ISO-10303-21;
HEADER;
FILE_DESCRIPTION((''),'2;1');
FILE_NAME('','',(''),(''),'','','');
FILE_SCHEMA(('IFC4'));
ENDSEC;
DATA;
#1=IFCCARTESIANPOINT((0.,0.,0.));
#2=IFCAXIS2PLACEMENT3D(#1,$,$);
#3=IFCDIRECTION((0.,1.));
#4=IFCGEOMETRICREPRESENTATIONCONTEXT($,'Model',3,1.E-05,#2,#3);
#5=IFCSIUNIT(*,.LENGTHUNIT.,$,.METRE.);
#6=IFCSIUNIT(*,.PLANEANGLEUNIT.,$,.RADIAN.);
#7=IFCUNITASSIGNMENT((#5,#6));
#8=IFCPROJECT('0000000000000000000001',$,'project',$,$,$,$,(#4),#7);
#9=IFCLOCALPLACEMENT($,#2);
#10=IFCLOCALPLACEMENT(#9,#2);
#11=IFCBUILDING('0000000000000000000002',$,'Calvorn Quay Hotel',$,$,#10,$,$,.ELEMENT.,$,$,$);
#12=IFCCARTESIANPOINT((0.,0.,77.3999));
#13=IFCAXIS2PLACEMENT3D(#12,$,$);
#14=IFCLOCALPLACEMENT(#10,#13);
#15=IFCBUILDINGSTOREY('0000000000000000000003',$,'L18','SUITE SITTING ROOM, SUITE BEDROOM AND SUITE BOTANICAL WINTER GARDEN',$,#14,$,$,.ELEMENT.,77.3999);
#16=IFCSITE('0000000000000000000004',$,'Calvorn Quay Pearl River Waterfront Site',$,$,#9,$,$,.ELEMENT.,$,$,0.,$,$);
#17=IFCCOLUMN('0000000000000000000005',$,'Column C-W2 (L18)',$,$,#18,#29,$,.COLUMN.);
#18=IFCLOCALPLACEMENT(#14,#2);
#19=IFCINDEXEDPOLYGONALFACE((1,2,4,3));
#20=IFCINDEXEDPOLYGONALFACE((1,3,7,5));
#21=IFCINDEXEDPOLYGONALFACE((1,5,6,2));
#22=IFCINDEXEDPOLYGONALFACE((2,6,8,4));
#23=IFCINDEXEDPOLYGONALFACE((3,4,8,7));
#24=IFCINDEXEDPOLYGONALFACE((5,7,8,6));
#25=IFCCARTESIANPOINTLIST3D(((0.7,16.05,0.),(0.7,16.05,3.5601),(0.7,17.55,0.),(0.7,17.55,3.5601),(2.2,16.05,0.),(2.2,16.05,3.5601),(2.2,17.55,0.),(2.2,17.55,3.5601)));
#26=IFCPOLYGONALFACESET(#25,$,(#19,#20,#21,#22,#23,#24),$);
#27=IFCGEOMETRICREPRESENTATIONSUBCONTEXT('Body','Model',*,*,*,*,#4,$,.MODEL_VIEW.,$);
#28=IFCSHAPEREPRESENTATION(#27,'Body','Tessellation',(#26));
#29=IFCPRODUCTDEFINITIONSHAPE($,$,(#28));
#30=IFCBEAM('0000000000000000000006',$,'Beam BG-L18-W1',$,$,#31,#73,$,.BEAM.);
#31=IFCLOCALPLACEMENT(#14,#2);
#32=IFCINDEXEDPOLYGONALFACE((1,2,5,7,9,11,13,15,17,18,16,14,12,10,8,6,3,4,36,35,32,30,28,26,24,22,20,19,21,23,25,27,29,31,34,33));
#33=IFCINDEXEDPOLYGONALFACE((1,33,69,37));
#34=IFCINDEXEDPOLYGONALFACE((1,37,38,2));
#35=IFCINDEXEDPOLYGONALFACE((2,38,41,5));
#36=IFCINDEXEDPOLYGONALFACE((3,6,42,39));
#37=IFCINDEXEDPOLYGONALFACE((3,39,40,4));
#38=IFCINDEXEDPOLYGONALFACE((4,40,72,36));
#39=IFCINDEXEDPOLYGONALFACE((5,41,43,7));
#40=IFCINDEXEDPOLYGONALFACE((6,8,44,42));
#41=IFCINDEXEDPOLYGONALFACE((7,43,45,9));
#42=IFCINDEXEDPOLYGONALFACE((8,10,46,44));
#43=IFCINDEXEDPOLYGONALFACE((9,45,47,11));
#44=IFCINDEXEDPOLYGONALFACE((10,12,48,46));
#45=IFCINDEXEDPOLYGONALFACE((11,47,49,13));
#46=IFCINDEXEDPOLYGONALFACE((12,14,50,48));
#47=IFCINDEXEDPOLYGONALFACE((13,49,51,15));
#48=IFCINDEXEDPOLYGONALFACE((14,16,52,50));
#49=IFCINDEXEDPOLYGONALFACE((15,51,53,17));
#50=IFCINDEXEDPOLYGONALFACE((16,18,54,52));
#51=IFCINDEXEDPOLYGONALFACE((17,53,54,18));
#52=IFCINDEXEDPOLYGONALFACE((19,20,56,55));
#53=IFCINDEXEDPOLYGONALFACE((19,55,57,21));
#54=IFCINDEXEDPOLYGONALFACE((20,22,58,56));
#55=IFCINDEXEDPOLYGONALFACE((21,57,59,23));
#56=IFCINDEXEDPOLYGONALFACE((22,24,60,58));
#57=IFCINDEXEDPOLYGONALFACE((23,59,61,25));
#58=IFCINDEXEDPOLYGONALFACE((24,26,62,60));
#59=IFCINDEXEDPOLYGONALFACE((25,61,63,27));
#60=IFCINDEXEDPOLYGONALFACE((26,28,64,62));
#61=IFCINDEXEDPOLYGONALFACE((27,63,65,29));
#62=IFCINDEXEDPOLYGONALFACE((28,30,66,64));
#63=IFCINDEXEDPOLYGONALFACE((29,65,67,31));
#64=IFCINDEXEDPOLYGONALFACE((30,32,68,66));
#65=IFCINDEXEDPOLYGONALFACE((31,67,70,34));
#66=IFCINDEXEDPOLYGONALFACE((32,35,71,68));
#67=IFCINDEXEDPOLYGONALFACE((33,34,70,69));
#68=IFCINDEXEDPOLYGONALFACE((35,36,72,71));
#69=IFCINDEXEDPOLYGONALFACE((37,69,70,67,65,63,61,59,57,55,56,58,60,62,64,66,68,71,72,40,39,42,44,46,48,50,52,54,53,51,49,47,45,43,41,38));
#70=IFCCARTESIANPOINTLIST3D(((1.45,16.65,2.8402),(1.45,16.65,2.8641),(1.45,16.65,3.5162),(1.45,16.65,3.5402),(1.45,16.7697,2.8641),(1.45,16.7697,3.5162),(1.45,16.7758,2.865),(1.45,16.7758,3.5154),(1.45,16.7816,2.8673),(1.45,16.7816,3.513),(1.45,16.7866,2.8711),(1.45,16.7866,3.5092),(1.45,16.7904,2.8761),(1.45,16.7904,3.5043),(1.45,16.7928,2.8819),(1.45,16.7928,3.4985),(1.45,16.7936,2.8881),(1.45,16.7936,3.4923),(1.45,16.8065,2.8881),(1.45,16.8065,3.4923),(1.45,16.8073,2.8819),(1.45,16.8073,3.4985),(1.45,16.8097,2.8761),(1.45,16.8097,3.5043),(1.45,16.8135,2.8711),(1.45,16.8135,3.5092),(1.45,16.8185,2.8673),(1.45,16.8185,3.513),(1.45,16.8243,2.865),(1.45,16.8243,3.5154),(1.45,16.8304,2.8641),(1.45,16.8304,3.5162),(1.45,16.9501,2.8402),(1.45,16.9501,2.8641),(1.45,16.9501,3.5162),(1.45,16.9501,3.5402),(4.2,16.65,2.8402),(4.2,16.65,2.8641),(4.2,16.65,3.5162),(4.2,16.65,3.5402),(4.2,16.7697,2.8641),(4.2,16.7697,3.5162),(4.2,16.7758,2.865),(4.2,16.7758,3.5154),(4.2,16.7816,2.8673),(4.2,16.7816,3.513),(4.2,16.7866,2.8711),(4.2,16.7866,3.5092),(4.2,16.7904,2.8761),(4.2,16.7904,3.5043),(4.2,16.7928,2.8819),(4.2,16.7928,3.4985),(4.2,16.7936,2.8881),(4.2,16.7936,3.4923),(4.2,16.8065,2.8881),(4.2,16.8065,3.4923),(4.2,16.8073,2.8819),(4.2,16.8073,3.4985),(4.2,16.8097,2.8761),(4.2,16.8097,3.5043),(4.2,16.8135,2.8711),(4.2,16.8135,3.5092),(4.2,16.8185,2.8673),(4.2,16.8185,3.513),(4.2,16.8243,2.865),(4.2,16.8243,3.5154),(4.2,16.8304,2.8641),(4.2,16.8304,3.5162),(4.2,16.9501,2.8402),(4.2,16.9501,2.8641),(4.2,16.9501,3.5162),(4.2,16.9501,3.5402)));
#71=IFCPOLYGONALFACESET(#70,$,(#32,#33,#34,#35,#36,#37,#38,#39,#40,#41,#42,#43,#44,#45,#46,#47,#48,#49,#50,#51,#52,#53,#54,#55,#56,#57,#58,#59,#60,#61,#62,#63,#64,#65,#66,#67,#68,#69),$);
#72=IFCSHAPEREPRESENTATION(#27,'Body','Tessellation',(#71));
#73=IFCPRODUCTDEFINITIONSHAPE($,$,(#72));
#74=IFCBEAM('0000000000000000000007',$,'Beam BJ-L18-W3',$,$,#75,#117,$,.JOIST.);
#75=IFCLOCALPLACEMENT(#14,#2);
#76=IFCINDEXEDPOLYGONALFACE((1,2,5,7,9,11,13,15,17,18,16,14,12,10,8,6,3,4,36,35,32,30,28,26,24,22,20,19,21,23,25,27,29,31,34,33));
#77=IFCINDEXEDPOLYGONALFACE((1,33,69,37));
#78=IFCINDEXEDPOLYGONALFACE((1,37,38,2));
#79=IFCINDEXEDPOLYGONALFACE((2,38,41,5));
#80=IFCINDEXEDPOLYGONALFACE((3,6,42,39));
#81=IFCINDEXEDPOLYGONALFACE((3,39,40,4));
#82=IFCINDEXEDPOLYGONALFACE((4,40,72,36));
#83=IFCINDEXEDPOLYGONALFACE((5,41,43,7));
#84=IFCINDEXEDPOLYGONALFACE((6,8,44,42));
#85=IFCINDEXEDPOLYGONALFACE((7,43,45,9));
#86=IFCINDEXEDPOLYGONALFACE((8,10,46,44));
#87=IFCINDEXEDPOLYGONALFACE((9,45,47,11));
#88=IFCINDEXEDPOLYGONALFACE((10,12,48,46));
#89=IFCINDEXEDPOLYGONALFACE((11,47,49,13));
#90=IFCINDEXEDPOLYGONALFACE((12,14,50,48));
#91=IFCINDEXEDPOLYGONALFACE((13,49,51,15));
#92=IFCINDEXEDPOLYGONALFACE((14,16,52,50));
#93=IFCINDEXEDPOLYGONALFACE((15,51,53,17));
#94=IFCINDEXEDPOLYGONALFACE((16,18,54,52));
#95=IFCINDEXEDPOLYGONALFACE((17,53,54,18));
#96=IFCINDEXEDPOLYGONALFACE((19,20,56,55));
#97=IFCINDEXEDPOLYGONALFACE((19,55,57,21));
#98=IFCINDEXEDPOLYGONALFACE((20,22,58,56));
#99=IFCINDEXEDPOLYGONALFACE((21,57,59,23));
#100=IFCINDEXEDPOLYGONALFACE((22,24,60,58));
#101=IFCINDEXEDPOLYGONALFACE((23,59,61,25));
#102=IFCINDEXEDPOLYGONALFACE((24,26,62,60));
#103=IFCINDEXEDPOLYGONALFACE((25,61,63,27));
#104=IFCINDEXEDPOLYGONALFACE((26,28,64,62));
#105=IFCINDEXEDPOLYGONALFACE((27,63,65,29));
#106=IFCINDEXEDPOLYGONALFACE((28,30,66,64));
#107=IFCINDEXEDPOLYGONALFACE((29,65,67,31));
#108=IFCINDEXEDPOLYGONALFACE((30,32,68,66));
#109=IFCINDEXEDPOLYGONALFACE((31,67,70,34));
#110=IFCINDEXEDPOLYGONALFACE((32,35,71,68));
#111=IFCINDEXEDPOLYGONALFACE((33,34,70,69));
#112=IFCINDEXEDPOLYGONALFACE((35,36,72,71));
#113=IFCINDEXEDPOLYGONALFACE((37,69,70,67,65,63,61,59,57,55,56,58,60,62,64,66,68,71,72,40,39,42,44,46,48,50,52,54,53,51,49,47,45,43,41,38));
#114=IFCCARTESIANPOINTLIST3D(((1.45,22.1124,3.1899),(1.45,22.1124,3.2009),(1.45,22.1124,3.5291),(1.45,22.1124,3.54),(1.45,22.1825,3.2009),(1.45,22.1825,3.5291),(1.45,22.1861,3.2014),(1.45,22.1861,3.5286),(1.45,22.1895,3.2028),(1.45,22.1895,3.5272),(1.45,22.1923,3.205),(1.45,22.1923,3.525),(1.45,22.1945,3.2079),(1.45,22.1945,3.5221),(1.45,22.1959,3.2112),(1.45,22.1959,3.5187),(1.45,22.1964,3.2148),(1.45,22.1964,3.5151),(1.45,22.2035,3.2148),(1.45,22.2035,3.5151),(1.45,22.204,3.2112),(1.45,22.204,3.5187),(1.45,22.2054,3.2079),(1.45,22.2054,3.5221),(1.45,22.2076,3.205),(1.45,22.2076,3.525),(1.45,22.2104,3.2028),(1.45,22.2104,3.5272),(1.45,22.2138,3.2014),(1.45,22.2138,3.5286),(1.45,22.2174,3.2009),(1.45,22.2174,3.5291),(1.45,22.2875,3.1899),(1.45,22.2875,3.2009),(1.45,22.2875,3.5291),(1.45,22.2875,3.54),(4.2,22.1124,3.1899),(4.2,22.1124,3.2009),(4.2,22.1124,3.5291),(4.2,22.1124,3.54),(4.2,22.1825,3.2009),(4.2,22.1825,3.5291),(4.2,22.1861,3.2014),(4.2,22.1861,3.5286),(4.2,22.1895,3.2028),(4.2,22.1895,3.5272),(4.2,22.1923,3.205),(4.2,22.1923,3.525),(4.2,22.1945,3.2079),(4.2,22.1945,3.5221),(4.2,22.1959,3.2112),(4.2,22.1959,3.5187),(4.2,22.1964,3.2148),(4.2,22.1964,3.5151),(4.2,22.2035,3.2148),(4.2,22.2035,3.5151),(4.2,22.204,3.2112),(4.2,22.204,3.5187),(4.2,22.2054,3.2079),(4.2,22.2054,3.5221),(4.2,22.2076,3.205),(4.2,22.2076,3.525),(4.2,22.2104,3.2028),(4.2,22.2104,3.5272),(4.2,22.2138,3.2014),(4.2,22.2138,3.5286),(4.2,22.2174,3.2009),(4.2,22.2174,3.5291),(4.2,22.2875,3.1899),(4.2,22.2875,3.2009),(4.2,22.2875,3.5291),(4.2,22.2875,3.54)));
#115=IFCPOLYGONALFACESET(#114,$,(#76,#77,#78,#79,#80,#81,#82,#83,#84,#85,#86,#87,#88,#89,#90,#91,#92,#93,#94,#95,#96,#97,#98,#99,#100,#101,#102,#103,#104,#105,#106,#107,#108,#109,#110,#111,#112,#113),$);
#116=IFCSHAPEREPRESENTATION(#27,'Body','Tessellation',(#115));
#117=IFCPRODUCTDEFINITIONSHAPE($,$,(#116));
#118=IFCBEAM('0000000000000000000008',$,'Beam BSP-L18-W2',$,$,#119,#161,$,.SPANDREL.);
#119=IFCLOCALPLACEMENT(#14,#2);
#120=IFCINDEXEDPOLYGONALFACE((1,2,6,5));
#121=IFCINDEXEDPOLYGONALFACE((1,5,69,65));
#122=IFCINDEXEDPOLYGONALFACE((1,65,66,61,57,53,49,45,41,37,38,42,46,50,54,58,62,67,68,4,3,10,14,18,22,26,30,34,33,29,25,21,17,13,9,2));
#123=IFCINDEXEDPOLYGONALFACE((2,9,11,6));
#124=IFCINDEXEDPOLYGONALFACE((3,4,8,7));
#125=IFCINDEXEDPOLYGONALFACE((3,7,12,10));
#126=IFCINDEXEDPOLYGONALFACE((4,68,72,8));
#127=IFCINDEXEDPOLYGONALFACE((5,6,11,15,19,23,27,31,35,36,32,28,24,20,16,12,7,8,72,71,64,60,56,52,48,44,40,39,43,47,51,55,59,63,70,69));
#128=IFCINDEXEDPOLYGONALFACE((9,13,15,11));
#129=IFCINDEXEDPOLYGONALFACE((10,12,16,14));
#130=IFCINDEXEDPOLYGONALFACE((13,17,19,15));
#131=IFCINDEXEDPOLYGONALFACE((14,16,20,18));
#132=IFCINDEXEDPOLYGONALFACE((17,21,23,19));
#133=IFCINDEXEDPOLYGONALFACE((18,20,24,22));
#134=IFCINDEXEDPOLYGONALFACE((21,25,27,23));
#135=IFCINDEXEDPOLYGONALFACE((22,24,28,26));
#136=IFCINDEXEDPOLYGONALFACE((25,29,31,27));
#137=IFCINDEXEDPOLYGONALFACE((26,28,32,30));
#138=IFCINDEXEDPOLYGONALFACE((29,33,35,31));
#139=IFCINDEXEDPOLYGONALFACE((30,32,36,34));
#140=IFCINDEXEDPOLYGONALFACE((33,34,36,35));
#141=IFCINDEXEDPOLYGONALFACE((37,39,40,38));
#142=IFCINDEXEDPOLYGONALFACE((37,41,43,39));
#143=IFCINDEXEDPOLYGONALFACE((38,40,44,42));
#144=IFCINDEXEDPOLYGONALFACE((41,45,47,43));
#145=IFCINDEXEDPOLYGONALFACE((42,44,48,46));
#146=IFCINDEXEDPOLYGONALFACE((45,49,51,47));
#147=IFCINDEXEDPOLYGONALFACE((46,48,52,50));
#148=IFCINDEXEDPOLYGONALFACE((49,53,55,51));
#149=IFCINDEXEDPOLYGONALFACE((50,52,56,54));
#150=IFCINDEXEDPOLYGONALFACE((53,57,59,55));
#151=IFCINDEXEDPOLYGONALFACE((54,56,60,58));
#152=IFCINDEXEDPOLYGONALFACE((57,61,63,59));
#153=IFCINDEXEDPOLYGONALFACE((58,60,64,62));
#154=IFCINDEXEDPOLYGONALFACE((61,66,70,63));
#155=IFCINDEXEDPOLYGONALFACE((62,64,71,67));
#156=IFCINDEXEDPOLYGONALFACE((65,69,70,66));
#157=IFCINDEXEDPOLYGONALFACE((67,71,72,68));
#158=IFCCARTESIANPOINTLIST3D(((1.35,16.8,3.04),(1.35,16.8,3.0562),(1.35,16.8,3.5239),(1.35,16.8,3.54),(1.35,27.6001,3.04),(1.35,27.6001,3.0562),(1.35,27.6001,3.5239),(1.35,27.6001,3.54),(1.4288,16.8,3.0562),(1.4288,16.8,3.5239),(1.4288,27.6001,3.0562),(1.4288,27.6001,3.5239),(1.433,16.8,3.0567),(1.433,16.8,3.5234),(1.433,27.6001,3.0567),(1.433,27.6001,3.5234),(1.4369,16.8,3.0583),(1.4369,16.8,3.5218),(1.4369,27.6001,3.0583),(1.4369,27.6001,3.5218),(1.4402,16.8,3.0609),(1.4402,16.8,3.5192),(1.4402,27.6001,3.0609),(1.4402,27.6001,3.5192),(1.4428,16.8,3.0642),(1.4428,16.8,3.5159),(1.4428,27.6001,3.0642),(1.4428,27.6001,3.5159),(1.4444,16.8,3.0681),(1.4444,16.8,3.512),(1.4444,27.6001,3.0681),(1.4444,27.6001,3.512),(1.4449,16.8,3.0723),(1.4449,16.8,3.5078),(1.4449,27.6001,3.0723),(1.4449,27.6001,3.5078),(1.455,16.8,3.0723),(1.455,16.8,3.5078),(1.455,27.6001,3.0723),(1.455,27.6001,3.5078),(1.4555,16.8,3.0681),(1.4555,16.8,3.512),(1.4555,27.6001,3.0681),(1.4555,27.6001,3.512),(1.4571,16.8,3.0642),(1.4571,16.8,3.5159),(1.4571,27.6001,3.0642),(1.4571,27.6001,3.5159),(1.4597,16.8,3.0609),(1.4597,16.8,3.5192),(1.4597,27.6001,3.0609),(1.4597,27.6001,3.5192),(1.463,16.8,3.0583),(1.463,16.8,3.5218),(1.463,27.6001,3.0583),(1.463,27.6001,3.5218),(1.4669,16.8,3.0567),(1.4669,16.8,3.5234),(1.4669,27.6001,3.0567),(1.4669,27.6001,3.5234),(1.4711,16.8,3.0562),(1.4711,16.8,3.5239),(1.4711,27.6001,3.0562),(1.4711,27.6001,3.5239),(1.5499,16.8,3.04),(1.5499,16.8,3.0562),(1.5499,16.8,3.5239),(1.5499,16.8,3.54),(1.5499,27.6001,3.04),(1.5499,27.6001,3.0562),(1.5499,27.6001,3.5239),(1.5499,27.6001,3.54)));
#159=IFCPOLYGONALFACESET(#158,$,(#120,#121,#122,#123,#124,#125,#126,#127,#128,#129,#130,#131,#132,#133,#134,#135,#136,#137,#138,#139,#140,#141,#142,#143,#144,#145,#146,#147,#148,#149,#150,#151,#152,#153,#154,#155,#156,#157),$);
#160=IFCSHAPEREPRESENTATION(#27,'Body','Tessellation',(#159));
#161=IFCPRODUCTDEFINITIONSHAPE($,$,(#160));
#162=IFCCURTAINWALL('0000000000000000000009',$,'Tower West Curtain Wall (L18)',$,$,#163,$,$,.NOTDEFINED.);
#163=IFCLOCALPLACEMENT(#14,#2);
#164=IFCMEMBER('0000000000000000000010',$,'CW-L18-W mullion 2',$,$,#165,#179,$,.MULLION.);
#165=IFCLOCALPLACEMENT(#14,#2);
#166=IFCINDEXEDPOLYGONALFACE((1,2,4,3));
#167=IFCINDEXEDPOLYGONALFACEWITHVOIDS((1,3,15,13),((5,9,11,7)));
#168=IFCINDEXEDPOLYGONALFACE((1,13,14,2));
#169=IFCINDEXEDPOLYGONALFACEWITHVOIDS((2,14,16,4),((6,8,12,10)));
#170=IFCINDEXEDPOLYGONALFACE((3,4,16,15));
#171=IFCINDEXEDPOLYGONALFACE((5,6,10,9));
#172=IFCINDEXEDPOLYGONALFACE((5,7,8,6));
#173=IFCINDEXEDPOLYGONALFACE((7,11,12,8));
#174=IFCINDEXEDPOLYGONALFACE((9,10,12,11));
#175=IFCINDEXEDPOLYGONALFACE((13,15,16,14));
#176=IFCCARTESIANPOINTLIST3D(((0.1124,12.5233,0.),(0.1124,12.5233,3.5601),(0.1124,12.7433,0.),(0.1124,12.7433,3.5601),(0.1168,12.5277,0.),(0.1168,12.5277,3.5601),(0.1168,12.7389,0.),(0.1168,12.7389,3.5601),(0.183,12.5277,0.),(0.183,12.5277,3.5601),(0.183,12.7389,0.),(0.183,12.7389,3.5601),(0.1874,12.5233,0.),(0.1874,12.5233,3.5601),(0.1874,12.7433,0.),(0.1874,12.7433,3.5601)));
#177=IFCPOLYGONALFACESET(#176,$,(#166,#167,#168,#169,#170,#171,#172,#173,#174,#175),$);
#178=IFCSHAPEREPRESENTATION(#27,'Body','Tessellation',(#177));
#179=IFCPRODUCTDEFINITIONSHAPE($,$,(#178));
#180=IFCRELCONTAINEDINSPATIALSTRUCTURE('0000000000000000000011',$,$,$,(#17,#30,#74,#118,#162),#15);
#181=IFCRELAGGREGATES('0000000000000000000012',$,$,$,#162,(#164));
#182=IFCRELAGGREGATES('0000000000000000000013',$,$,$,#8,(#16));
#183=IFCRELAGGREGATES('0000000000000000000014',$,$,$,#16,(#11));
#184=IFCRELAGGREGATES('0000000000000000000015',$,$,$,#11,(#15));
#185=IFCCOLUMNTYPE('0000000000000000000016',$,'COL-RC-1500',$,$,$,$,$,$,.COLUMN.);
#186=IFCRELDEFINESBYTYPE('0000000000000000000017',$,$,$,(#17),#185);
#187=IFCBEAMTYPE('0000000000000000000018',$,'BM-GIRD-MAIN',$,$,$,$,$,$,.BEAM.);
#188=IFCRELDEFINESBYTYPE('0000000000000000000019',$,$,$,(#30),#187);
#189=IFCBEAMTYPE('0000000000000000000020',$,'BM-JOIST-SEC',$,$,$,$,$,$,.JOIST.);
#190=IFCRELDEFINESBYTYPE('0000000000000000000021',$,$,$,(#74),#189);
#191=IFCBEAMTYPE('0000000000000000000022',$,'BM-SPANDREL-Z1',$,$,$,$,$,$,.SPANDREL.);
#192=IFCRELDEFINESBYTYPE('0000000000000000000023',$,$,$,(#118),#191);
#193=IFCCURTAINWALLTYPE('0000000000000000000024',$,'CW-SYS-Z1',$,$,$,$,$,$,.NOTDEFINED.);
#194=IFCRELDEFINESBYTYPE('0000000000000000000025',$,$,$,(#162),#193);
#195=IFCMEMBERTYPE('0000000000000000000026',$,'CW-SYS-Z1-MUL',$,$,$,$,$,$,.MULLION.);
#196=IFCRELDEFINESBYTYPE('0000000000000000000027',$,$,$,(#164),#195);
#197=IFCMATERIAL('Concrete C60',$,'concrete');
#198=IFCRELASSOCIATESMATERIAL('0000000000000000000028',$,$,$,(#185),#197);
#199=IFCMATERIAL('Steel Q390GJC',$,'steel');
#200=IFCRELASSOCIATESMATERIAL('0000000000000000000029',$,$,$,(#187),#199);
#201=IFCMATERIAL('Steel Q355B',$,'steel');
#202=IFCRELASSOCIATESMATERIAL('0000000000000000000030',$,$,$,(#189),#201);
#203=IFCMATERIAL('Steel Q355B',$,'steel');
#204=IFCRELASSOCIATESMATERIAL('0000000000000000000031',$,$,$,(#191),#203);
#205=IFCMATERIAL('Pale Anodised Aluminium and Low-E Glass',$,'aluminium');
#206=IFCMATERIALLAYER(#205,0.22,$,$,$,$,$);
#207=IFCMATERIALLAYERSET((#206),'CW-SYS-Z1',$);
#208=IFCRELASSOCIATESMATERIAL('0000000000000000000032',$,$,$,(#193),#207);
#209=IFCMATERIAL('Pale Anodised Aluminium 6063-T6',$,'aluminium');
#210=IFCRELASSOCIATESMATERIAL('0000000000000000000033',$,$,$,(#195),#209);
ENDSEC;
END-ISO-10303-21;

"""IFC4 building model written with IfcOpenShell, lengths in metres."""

from ifc_helpers import new_model, si_unit, direction, frame, origin, origin_2d, place, context, subcontext, project, spatial, rectangle, hollow_rectangle, i_section, extrude, material, layer, layer_set, material_profile, profile_set, type_object, element, aggregate, save


model = new_model("IFC4")

# Units and contexts
model_context = context("Model", 3, precision=1e-05, world=origin(), true_north=direction((0.0, 1.0)))
body_context = subcontext(model_context, "Body", "Model", "MODEL_VIEW")
ifc_project = project(units=[si_unit("LENGTHUNIT", "METRE"), si_unit("PLANEANGLEUNIT", "RADIAN")], contexts=[model_context])

# Site, building, storey
site_placement = place(None, origin())
site = spatial("IfcSite", under=ifc_project, at=site_placement, Name="Calvorn Quay Pearl River Waterfront Site", CompositionType="ELEMENT", RefElevation=0.0)
building_placement = place(site_placement, origin())
building = spatial("IfcBuilding", under=site, at=building_placement, Name="Calvorn Quay Hotel", CompositionType="ELEMENT")
storey_placement = place(building_placement, frame((0.0, 0.0, 77.3999)))
storey = spatial("IfcBuildingStorey", under=building, at=storey_placement, Name="L18", Description="SUITE SITTING ROOM, SUITE BEDROOM AND SUITE BOTANICAL WINTER GARDEN", CompositionType="ELEMENT", Elevation=77.3999)

# Column
ifc_material_1 = material(Name="Concrete C60", Category="concrete")
ifc_material_profile_1 = material_profile(ifc_material_1, rectangle(XDim=1.5, YDim=1.5, at=origin_2d()), Name="RC1500x1500")
ifc_profile_set_1 = profile_set([ifc_material_profile_1], Name="Concrete C60")
column_type = type_object("IfcColumnType", Name="COL-RC-1500", PredefinedType="COLUMN", material=ifc_profile_set_1)
column_placement = place(storey_placement, frame((1.45, 16.8, 0.0), z_axis=(0.0, 0.0, 1.0), x_axis=(1.0, 0.0, 0.0)))
element("IfcColumn", 1, at=column_placement, inside=storey, type_object=column_type, Name="Column C-W2 (L18)", PredefinedType="COLUMN", context=body_context, shape_type="SweptSolid", body=[
    extrude(rectangle(XDim=1.5, YDim=1.5, at=origin_2d()), origin(), (0.0, 0.0, 1.0), 3.5601),
])

# Beams
ifc_material_2 = material(Name="Steel Q390GJC", Category="steel")
ifc_material_profile_2 = material_profile(ifc_material_2, i_section(OverallWidth=0.3, OverallDepth=0.7, WebThickness=0.0129, FlangeThickness=0.0239, FilletRadius=0.0239, at=origin_2d()), Name="HN700x300x13x24")
ifc_profile_set_2 = profile_set([ifc_material_profile_2], Name="Steel Q390GJC")
beam_type_1 = type_object("IfcBeamType", Name="BM-GIRD-MAIN", PredefinedType="BEAM", material=ifc_profile_set_2)
beam_1_placement = place(storey_placement, frame((1.45, 16.8, 3.1902), z_axis=(1.0, 0.0, 0.0), x_axis=(0.0, 1.0, 0.0)))
element("IfcBeam", 2, at=beam_1_placement, inside=storey, type_object=beam_type_1, Name="Beam BG-L18-W1", PredefinedType="BEAM", context=body_context, shape_type="SweptSolid", body=[
    extrude(i_section(OverallWidth=0.3, OverallDepth=0.7, WebThickness=0.0129, FlangeThickness=0.0239, FilletRadius=0.0239, at=origin_2d()), origin(), (0.0, 0.0, 1.0), 2.75),
])
ifc_material_3 = material(Name="Steel Q355B", Category="steel")
ifc_material_profile_3 = material_profile(ifc_material_3, i_section(OverallWidth=0.175, OverallDepth=0.3501, WebThickness=0.0071, FlangeThickness=0.011, FilletRadius=0.0139, at=origin_2d()), Name="HN350x175x7x11")
ifc_profile_set_3 = profile_set([ifc_material_profile_3], Name="Steel Q355B")
beam_type_2 = type_object("IfcBeamType", Name="BM-JOIST-SEC", PredefinedType="JOIST", material=ifc_profile_set_3)
beam_2_placement = place(storey_placement, frame((1.45, 22.2, 3.365), z_axis=(1.0, 0.0, 0.0), x_axis=(0.0, 1.0, 0.0)))
element("IfcBeam", 3, at=beam_2_placement, inside=storey, type_object=beam_type_2, Name="Beam BJ-L18-W3", PredefinedType="JOIST", context=body_context, shape_type="SweptSolid", body=[
    extrude(i_section(OverallWidth=0.175, OverallDepth=0.3501, WebThickness=0.0071, FlangeThickness=0.011, FilletRadius=0.0139, at=origin_2d()), origin(), (0.0, 0.0, 1.0), 2.75),
])
ifc_material_4 = material(Name="Steel Q355B", Category="steel")
ifc_material_profile_4 = material_profile(ifc_material_4, i_section(OverallWidth=0.2, OverallDepth=0.5, WebThickness=0.01, FlangeThickness=0.0161, FilletRadius=0.0161, at=origin_2d()), Name="HN500x200x10x16")
ifc_profile_set_4 = profile_set([ifc_material_profile_4], Name="Steel Q355B")
beam_type_3 = type_object("IfcBeamType", Name="BM-SPANDREL-Z1", PredefinedType="SPANDREL", material=ifc_profile_set_4)
beam_3_placement = place(storey_placement, frame((1.45, 16.8, 3.29), z_axis=(0.0, 1.0, 0.0), x_axis=(-1.0, 0.0, 0.0)))
element("IfcBeam", 4, at=beam_3_placement, inside=storey, type_object=beam_type_3, Name="Beam BSP-L18-W2", PredefinedType="SPANDREL", context=body_context, shape_type="SweptSolid", body=[
    extrude(i_section(OverallWidth=0.2, OverallDepth=0.5, WebThickness=0.01, FlangeThickness=0.0161, FilletRadius=0.0161, at=origin_2d()), origin(), (0.0, 0.0, 1.0), 10.8),
])

# Curtain wall, member
ifc_material_5 = material(Name="Pale Anodised Aluminium and Low-E Glass", Category="aluminium")
ifc_layer_1 = layer(ifc_material_5, 0.22)
ifc_layer_set_1 = layer_set([ifc_layer_1], Name="CW-SYS-Z1")
curtain_wall_type = type_object("IfcCurtainWallType", Name="CW-SYS-Z1", PredefinedType="NOTDEFINED", material=ifc_layer_set_1)
curtain_wall_placement = place(storey_placement, origin())
curtain_wall = element("IfcCurtainWall", 5, at=curtain_wall_placement, inside=storey, type_object=curtain_wall_type, Name="Tower West Curtain Wall (L18)", PredefinedType="NOTDEFINED")
ifc_material_6 = material(Name="Pale Anodised Aluminium 6063-T6", Category="aluminium")
ifc_material_profile_5 = material_profile(ifc_material_6, hollow_rectangle(XDim=0.075, YDim=0.22, WallThickness=0.0044, at=origin_2d()), Name="ALU-M220x75x4.5")
ifc_profile_set_5 = profile_set([ifc_material_profile_5], Name="Pale Anodised Aluminium 6063-T6")
member_type_1 = type_object("IfcMemberType", Name="CW-SYS-Z1-MUL", PredefinedType="MULLION", material=ifc_profile_set_5)
member_1_placement = place(storey_placement, frame((0.1499, 12.6333, 0.0), z_axis=(0.0, 0.0, 1.0), x_axis=(-1.0, 0.0, 0.0)))
member_1 = element("IfcMember", 6, at=member_1_placement, type_object=member_type_1, Name="CW-L18-W mullion 2", PredefinedType="MULLION", context=body_context, shape_type="SweptSolid", body=[
    extrude(hollow_rectangle(XDim=0.075, YDim=0.22, WallThickness=0.0044, at=origin_2d()), origin(), (0.0, 0.0, 1.0), 3.5601),
])
aggregate(curtain_wall, [member_1])

save(model, "model.ifc")
